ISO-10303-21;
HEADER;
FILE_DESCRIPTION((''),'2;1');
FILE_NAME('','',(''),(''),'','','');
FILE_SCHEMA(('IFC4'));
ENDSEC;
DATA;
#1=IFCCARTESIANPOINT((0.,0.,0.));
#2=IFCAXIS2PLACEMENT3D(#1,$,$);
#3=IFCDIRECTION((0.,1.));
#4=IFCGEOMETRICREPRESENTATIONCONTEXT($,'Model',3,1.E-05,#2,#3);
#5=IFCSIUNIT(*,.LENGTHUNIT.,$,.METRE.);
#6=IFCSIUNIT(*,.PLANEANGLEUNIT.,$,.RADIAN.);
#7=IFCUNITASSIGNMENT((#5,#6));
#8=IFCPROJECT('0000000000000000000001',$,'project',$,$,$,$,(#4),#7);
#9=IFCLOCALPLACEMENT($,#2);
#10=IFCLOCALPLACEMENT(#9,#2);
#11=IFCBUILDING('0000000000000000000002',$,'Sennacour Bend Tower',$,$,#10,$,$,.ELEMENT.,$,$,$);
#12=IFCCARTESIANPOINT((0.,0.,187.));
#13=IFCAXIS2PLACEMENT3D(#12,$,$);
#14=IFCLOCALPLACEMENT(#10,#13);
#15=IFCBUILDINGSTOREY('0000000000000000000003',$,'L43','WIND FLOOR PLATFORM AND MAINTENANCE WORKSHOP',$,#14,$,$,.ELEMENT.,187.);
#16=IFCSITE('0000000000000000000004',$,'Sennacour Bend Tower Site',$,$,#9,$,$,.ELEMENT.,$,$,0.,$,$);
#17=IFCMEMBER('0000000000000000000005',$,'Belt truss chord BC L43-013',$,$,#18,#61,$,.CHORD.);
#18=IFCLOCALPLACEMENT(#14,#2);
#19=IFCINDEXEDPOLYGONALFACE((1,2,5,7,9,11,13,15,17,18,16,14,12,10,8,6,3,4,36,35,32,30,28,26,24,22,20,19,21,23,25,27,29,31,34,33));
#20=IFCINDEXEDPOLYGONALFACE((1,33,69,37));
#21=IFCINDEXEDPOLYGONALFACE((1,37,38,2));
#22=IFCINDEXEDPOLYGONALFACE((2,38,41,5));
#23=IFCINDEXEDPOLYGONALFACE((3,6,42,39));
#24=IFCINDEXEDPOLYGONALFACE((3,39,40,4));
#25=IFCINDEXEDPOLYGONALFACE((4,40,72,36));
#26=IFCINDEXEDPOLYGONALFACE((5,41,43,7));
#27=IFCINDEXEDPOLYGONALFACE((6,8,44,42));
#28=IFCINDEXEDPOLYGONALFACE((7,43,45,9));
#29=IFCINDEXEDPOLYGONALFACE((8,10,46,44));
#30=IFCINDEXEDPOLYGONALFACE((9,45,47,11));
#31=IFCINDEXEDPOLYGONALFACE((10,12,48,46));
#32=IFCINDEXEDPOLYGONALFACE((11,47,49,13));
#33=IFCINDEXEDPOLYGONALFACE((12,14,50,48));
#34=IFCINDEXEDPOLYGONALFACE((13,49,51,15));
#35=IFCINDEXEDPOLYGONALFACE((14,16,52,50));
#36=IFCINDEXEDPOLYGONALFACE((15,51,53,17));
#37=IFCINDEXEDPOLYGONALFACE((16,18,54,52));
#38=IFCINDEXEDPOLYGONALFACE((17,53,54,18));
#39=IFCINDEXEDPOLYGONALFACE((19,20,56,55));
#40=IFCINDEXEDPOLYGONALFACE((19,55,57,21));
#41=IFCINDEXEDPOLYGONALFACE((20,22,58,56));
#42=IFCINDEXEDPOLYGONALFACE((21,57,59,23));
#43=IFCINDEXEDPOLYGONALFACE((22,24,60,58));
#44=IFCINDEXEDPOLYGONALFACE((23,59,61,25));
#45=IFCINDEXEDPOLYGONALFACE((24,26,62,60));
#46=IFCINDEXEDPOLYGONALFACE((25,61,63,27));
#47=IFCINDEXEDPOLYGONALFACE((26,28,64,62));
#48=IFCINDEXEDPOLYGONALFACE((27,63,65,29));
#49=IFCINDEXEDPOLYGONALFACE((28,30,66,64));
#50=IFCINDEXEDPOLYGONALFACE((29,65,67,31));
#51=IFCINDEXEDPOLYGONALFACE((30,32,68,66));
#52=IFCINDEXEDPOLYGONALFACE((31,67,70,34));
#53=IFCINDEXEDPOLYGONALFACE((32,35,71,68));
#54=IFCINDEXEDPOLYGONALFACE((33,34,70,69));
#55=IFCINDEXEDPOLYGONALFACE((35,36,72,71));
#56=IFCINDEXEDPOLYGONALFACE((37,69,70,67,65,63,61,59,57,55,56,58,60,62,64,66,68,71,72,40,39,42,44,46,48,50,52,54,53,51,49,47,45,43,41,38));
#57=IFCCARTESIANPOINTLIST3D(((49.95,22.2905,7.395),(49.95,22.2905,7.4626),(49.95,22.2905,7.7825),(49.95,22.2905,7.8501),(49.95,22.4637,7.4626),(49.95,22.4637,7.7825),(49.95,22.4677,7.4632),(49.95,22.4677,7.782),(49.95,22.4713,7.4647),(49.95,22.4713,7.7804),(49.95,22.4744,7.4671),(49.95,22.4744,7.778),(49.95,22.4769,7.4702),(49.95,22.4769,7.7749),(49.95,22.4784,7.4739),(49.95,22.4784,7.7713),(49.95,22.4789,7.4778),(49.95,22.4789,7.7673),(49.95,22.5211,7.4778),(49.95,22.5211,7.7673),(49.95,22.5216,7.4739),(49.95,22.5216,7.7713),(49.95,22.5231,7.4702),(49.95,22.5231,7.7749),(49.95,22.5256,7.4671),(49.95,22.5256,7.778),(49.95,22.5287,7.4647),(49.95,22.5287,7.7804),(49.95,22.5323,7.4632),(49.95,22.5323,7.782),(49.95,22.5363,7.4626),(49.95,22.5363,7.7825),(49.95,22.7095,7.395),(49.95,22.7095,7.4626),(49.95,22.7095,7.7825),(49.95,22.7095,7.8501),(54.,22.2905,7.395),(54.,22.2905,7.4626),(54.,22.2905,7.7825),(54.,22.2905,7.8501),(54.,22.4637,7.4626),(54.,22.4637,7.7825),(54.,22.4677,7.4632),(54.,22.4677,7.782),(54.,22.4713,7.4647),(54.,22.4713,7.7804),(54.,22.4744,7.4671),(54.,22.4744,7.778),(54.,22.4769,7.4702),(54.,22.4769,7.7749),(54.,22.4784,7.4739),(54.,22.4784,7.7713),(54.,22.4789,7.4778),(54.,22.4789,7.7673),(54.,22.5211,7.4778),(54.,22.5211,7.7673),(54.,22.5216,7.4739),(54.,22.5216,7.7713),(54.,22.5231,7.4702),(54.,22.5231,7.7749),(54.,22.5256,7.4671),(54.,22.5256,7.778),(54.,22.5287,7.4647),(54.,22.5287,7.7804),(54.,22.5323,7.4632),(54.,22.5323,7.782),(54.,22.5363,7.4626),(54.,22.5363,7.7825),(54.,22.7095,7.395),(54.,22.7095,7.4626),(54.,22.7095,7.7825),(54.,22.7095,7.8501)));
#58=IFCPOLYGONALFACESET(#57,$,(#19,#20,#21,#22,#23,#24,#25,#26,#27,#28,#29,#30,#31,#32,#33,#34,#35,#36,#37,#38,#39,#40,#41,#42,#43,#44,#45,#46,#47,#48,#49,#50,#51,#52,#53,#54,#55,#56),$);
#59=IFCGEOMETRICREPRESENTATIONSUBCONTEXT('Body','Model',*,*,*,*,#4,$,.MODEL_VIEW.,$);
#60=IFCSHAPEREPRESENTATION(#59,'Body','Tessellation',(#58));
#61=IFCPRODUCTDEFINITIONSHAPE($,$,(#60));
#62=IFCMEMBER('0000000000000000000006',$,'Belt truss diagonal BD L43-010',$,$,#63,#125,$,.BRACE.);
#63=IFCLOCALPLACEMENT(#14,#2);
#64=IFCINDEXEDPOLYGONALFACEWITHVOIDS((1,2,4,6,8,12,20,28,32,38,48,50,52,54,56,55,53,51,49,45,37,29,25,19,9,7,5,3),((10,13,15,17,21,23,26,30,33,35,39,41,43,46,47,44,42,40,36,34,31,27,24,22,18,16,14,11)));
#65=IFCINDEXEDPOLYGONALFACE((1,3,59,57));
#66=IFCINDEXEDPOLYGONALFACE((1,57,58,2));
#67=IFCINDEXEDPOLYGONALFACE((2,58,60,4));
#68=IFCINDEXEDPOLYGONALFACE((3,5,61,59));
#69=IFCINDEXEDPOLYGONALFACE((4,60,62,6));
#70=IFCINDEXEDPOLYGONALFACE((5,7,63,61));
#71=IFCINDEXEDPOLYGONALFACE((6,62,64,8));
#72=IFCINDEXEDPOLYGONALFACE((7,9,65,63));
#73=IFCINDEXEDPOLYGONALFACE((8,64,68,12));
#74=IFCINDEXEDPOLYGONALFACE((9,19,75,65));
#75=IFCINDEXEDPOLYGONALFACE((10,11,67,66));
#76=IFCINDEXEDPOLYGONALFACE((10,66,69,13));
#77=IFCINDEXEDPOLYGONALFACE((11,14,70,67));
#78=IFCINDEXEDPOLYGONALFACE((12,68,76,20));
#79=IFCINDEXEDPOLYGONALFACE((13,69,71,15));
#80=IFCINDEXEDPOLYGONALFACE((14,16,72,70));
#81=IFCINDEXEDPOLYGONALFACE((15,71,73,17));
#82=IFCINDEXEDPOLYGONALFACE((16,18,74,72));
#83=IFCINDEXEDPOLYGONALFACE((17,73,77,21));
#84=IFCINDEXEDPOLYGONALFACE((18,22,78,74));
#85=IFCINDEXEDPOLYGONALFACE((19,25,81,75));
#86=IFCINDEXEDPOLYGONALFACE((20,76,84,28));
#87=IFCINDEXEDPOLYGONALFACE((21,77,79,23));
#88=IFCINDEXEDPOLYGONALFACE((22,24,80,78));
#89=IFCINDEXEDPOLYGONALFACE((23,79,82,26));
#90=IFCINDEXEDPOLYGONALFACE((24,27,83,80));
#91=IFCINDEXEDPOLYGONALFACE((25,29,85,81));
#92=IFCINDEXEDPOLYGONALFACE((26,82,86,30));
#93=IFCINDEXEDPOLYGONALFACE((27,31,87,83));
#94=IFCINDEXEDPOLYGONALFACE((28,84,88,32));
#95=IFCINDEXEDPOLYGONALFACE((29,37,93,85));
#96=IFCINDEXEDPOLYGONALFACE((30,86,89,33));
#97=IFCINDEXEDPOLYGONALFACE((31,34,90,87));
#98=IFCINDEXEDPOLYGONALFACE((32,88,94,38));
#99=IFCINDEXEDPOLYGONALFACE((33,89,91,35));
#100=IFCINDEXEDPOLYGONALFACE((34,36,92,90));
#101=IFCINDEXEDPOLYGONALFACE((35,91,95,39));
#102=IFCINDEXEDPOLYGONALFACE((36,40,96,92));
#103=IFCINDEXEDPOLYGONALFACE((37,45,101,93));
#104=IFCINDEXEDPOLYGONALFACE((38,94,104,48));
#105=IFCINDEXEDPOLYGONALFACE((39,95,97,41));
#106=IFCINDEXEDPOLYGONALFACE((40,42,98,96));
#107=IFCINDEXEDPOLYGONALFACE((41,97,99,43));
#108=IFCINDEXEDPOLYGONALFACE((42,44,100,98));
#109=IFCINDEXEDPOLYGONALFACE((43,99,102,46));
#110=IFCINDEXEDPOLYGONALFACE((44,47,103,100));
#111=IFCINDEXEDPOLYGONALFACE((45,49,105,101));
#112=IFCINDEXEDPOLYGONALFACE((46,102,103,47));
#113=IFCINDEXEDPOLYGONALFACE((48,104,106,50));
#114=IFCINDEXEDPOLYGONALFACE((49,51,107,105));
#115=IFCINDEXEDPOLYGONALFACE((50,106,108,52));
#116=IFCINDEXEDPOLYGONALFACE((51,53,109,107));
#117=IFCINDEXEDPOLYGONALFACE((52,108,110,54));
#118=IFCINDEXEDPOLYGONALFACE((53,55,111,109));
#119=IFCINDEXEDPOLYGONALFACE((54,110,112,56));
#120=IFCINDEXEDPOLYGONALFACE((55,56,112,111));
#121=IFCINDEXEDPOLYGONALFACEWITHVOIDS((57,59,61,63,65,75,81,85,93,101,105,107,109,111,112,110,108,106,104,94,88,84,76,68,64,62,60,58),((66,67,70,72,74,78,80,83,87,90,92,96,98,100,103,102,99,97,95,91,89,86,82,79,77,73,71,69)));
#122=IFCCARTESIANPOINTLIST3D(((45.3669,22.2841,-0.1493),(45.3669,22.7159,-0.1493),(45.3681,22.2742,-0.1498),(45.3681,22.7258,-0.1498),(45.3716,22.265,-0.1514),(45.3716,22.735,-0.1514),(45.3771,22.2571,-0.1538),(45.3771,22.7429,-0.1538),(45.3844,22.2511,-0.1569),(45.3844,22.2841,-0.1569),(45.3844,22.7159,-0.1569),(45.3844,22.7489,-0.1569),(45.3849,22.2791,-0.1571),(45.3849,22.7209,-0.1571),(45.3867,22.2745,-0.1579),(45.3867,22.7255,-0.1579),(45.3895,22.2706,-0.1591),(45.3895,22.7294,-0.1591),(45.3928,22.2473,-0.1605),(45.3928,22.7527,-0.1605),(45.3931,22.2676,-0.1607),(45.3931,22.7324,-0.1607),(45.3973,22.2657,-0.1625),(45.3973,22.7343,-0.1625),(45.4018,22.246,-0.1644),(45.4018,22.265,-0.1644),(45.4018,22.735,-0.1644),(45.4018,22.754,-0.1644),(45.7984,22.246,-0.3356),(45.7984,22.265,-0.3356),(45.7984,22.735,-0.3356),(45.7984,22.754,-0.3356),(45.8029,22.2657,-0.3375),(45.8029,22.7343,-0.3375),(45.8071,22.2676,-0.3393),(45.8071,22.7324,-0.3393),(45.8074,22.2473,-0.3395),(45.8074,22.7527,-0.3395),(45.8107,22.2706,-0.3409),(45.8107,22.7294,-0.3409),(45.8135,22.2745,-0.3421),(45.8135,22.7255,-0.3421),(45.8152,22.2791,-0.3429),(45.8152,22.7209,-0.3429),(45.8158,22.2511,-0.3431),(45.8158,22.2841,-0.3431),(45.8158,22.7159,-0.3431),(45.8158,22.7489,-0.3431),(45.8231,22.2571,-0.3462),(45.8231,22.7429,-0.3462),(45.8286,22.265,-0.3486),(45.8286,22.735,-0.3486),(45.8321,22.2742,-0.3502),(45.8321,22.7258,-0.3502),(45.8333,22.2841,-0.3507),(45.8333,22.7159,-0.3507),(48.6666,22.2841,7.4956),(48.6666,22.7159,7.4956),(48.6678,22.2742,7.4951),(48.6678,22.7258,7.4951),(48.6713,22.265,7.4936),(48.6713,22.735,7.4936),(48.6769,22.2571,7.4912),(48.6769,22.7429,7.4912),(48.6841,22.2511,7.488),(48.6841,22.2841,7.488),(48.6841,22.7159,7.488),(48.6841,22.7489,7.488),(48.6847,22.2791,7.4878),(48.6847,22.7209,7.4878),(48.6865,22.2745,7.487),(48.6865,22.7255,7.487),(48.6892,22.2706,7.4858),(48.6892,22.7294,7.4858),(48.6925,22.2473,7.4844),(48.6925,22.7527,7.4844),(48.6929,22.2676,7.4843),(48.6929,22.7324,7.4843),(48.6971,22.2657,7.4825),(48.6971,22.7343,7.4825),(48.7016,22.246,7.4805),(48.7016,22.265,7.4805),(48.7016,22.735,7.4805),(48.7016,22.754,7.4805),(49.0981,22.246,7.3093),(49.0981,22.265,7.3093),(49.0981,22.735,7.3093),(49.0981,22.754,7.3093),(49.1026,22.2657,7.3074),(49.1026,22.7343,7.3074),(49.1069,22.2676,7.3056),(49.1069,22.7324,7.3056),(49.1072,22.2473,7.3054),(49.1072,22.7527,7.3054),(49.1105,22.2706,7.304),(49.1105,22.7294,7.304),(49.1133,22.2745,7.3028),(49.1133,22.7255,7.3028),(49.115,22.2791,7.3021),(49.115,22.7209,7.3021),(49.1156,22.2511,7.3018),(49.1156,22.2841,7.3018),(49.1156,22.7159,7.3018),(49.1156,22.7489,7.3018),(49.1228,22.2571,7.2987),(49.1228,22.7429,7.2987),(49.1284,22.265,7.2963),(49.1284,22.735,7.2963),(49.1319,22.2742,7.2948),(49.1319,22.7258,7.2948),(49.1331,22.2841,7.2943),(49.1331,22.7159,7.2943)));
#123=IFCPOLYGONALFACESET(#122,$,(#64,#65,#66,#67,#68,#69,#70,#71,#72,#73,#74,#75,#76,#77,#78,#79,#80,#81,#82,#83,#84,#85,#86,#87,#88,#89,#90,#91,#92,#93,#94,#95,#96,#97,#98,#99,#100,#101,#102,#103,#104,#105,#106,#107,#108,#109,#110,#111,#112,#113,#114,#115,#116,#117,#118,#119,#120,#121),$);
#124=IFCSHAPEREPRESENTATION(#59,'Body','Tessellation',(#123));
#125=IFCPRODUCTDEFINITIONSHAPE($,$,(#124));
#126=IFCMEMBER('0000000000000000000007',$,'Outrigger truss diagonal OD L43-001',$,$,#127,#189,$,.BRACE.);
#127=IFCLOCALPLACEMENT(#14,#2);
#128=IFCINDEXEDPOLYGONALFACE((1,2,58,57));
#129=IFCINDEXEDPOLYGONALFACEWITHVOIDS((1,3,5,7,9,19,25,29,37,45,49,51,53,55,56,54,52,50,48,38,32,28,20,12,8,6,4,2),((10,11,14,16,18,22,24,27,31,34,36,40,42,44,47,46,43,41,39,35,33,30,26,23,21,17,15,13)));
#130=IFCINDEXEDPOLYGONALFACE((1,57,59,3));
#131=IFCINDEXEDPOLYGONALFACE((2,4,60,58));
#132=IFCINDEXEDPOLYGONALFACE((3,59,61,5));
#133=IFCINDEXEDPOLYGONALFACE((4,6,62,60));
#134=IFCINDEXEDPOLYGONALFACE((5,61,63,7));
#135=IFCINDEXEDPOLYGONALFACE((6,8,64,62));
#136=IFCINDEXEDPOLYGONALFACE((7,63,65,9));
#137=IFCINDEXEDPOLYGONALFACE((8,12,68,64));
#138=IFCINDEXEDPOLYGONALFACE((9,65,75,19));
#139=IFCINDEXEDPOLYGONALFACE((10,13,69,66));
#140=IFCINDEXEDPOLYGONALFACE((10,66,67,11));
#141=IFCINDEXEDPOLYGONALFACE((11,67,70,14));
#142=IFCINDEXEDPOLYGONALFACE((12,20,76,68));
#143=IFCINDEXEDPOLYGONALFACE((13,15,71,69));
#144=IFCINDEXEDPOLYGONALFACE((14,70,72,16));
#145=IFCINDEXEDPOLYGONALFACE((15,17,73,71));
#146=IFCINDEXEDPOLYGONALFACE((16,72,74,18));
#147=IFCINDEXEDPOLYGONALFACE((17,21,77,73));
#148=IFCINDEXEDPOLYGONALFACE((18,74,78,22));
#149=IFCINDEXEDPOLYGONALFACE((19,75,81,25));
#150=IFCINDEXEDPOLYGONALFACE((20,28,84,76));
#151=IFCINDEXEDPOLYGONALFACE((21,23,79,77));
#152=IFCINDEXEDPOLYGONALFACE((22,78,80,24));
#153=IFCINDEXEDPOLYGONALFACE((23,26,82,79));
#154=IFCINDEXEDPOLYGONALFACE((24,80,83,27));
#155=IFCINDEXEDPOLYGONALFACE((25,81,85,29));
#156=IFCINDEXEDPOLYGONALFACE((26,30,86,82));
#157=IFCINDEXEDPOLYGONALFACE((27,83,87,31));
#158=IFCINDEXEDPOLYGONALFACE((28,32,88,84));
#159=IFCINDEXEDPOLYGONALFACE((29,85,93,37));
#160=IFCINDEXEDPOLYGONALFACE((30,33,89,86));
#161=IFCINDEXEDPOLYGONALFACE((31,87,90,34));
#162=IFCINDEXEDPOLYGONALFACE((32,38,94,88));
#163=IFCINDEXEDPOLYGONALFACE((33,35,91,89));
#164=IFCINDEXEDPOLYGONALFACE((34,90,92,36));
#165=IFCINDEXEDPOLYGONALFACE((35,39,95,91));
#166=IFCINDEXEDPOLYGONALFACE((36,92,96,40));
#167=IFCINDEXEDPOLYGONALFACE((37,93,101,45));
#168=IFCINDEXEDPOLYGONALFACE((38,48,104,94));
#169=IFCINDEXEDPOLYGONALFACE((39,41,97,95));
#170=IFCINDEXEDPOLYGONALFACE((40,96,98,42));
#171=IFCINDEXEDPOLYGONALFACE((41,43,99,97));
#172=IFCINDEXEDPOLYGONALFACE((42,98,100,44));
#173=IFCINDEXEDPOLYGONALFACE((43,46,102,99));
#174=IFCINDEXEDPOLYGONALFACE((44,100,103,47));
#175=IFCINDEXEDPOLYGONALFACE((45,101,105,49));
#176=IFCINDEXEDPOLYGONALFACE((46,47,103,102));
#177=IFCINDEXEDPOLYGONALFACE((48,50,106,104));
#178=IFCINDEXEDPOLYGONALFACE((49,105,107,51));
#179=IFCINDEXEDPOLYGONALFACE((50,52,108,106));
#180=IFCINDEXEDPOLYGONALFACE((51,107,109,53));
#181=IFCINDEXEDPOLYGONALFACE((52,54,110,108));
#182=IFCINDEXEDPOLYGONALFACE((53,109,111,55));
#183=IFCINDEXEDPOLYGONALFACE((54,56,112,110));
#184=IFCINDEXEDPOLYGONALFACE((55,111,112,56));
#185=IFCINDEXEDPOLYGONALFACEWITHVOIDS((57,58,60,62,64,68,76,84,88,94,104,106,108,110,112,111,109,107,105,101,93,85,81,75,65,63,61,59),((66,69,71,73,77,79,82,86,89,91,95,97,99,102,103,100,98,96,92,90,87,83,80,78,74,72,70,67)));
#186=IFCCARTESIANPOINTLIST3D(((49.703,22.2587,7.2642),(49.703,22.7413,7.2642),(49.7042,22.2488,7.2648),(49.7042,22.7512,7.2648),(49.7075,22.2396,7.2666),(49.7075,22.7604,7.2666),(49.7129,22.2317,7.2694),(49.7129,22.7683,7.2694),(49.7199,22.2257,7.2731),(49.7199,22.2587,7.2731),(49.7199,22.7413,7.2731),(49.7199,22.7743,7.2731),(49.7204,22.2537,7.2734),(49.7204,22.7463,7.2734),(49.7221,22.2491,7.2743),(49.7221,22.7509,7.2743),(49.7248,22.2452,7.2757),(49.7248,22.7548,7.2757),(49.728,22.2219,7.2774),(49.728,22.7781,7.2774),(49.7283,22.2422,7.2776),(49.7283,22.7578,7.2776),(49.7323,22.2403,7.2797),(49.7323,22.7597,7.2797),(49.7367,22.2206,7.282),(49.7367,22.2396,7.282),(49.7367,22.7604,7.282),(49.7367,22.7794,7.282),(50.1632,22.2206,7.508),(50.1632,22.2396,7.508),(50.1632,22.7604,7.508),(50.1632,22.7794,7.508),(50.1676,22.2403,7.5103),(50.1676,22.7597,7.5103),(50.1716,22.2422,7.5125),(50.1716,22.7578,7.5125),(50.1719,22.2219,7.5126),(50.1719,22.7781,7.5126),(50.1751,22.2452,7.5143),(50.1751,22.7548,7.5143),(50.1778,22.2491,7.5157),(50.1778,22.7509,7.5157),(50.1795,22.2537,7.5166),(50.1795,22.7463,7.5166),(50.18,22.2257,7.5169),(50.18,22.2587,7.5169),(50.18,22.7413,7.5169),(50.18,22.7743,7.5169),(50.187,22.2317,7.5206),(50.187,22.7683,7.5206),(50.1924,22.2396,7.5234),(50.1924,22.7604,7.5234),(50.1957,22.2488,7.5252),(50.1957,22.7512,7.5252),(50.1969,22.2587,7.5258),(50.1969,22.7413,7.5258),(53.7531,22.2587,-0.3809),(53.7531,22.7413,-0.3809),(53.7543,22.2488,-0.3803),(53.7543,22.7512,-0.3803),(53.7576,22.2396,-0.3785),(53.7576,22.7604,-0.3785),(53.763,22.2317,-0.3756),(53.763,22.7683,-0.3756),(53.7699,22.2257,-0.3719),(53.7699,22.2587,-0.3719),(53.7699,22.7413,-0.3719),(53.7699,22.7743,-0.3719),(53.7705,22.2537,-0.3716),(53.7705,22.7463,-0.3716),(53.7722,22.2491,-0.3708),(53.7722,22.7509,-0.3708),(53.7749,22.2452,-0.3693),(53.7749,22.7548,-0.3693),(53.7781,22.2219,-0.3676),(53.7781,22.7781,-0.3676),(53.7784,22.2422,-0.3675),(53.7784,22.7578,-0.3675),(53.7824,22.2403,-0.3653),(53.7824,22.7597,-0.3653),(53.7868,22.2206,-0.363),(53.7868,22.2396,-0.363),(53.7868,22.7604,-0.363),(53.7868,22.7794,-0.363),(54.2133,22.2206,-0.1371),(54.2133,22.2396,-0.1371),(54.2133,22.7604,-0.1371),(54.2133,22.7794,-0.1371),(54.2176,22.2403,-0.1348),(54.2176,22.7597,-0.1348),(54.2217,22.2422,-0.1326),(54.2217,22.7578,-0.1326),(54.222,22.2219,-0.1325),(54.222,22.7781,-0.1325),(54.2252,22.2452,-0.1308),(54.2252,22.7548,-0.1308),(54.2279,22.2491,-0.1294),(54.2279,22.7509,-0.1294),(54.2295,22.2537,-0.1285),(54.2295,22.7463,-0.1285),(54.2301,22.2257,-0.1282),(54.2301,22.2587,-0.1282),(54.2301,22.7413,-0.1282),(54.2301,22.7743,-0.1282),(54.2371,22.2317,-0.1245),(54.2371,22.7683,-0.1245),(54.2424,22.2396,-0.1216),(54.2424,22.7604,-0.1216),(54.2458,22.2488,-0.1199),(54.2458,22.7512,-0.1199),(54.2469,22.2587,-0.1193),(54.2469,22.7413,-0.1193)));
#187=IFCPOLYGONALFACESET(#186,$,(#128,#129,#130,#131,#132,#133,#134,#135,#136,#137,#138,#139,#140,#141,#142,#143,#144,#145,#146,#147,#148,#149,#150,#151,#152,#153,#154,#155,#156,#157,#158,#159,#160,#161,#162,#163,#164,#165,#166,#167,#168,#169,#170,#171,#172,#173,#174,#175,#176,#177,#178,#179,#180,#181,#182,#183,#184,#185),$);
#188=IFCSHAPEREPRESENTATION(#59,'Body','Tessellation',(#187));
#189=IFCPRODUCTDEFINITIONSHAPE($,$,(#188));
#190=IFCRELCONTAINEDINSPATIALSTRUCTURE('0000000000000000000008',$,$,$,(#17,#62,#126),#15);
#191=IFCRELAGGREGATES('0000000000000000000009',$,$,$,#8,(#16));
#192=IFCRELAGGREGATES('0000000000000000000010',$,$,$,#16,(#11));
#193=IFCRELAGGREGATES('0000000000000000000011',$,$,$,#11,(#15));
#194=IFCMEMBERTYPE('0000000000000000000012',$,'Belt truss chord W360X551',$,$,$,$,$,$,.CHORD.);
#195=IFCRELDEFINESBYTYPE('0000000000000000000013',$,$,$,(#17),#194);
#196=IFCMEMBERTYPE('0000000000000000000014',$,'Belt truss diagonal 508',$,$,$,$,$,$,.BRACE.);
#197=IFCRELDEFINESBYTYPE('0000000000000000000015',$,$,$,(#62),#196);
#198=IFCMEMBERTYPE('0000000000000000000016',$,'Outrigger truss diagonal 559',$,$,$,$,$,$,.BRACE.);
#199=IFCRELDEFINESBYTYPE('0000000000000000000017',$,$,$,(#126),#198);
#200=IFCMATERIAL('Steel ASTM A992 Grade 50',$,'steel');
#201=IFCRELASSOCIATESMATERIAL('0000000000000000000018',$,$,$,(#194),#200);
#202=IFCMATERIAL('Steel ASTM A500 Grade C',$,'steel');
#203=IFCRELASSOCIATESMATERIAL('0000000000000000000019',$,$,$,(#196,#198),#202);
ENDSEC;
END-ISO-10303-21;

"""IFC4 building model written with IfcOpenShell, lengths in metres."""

from ifc_helpers import new_model, si_unit, direction, frame, origin, origin_2d, place, context, subcontext, project, spatial, hollow_rectangle, i_section, extrude, material, material_profile, profile_set, type_object, element, save


model = new_model("IFC4")

# Units and contexts
model_context = context("Model", 3, precision=1e-05, world=origin(), true_north=direction((0.0, 1.0)))
body_context = subcontext(model_context, "Body", "Model", "MODEL_VIEW")
ifc_project = project(units=[si_unit("LENGTHUNIT", "METRE"), si_unit("PLANEANGLEUNIT", "RADIAN")], contexts=[model_context])

# Site, building, storey
site_placement = place(None, origin())
site = spatial("IfcSite", under=ifc_project, at=site_placement, Name="Sennacour Bend Tower Site", CompositionType="ELEMENT", RefElevation=0.0)
building_placement = place(site_placement, origin())
building = spatial("IfcBuilding", under=site, at=building_placement, Name="Sennacour Bend Tower", CompositionType="ELEMENT")
storey_placement = place(building_placement, frame((0.0, 0.0, 187.0)))
storey = spatial("IfcBuildingStorey", under=building, at=storey_placement, Name="L43", Description="WIND FLOOR PLATFORM AND MAINTENANCE WORKSHOP", CompositionType="ELEMENT", Elevation=187.0)

# Members
ifc_material_1 = material(Name="Steel ASTM A992 Grade 50", Category="steel")
ifc_material_profile_1 = material_profile(ifc_material_1, i_section(OverallWidth=0.4189, OverallDepth=0.4551, WebThickness=0.0422, FlangeThickness=0.0676, FilletRadius=0.0151, at=origin_2d()), Name="Steel ASTM A992 Grade 50", Category="steel")
ifc_profile_set_1 = profile_set([ifc_material_profile_1], Name="Steel ASTM A992 Grade 50")
member_type_1 = type_object("IfcMemberType", Name="Belt truss chord W360X551", PredefinedType="CHORD", material=ifc_profile_set_1)
member_1_placement = place(storey_placement, frame((49.95, 22.5, 7.6226), z_axis=(1.0, 0.0, 0.0), x_axis=(0.0, 1.0, 0.0)))
element("IfcMember", 1, at=member_1_placement, inside=storey, type_object=member_type_1, Name="Belt truss chord BC L43-013", PredefinedType="CHORD", context=body_context, shape_type="SweptSolid", body=[
    extrude(i_section(OverallWidth=0.4189, OverallDepth=0.4551, WebThickness=0.0422, FlangeThickness=0.0676, FilletRadius=0.0151, at=origin_2d()), origin(), (0.0, 0.0, 1.0), 4.05),
])
ifc_material_2 = material(Name="Steel ASTM A500 Grade C", Category="steel")
ifc_material_profile_2 = material_profile(ifc_material_2, hollow_rectangle(XDim=0.5081, YDim=0.5081, WallThickness=0.019, InnerFilletRadius=0.019, OuterFilletRadius=0.0381, at=origin_2d()), Name="Steel ASTM A500 Grade C", Category="steel")
ifc_profile_set_2 = profile_set([ifc_material_profile_2], Name="Steel ASTM A500 Grade C")
member_type_2 = type_object("IfcMemberType", Name="Belt truss diagonal 508", PredefinedType="BRACE", material=ifc_profile_set_2)
member_2_placement = place(storey_placement, frame((45.6001, 22.5, -0.25), z_axis=(0.396289, 0.0, 0.918126), x_axis=(0.0, 1.0, 0.0)))
element("IfcMember", 2, at=member_2_placement, inside=storey, type_object=member_type_2, Name="Belt truss diagonal BD L43-010", PredefinedType="BRACE", context=body_context, shape_type="SweptSolid", body=[
    extrude(hollow_rectangle(XDim=0.5081, YDim=0.5081, WallThickness=0.019, InnerFilletRadius=0.019, OuterFilletRadius=0.0381, at=origin_2d()), origin(), (0.0, 0.0, 1.0), 8.3267),
])
ifc_material_profile_3 = material_profile(ifc_material_2, hollow_rectangle(XDim=0.5588, YDim=0.5588, WallThickness=0.019, InnerFilletRadius=0.019, OuterFilletRadius=0.0381, at=origin_2d()), Name="Steel ASTM A500 Grade C", Category="steel")
ifc_profile_set_3 = profile_set([ifc_material_profile_3], Name="Steel ASTM A500 Grade C")
member_type_3 = type_object("IfcMemberType", Name="Outrigger truss diagonal 559", PredefinedType="BRACE", material=ifc_profile_set_3)
member_3_placement = place(storey_placement, frame((49.95, 22.5, 7.395), z_axis=(0.46813, 0.0, -0.88366), x_axis=(0.0, 1.0, 0.0)))
element("IfcMember", 3, at=member_3_placement, inside=storey, type_object=member_type_3, Name="Outrigger truss diagonal OD L43-001", PredefinedType="BRACE", context=body_context, shape_type="SweptSolid", body=[
    extrude(hollow_rectangle(XDim=0.5588, YDim=0.5588, WallThickness=0.019, InnerFilletRadius=0.019, OuterFilletRadius=0.0381, at=origin_2d()), origin(), (0.0, 0.0, 1.0), 8.6516),
])

save(model, "model.ifc")
